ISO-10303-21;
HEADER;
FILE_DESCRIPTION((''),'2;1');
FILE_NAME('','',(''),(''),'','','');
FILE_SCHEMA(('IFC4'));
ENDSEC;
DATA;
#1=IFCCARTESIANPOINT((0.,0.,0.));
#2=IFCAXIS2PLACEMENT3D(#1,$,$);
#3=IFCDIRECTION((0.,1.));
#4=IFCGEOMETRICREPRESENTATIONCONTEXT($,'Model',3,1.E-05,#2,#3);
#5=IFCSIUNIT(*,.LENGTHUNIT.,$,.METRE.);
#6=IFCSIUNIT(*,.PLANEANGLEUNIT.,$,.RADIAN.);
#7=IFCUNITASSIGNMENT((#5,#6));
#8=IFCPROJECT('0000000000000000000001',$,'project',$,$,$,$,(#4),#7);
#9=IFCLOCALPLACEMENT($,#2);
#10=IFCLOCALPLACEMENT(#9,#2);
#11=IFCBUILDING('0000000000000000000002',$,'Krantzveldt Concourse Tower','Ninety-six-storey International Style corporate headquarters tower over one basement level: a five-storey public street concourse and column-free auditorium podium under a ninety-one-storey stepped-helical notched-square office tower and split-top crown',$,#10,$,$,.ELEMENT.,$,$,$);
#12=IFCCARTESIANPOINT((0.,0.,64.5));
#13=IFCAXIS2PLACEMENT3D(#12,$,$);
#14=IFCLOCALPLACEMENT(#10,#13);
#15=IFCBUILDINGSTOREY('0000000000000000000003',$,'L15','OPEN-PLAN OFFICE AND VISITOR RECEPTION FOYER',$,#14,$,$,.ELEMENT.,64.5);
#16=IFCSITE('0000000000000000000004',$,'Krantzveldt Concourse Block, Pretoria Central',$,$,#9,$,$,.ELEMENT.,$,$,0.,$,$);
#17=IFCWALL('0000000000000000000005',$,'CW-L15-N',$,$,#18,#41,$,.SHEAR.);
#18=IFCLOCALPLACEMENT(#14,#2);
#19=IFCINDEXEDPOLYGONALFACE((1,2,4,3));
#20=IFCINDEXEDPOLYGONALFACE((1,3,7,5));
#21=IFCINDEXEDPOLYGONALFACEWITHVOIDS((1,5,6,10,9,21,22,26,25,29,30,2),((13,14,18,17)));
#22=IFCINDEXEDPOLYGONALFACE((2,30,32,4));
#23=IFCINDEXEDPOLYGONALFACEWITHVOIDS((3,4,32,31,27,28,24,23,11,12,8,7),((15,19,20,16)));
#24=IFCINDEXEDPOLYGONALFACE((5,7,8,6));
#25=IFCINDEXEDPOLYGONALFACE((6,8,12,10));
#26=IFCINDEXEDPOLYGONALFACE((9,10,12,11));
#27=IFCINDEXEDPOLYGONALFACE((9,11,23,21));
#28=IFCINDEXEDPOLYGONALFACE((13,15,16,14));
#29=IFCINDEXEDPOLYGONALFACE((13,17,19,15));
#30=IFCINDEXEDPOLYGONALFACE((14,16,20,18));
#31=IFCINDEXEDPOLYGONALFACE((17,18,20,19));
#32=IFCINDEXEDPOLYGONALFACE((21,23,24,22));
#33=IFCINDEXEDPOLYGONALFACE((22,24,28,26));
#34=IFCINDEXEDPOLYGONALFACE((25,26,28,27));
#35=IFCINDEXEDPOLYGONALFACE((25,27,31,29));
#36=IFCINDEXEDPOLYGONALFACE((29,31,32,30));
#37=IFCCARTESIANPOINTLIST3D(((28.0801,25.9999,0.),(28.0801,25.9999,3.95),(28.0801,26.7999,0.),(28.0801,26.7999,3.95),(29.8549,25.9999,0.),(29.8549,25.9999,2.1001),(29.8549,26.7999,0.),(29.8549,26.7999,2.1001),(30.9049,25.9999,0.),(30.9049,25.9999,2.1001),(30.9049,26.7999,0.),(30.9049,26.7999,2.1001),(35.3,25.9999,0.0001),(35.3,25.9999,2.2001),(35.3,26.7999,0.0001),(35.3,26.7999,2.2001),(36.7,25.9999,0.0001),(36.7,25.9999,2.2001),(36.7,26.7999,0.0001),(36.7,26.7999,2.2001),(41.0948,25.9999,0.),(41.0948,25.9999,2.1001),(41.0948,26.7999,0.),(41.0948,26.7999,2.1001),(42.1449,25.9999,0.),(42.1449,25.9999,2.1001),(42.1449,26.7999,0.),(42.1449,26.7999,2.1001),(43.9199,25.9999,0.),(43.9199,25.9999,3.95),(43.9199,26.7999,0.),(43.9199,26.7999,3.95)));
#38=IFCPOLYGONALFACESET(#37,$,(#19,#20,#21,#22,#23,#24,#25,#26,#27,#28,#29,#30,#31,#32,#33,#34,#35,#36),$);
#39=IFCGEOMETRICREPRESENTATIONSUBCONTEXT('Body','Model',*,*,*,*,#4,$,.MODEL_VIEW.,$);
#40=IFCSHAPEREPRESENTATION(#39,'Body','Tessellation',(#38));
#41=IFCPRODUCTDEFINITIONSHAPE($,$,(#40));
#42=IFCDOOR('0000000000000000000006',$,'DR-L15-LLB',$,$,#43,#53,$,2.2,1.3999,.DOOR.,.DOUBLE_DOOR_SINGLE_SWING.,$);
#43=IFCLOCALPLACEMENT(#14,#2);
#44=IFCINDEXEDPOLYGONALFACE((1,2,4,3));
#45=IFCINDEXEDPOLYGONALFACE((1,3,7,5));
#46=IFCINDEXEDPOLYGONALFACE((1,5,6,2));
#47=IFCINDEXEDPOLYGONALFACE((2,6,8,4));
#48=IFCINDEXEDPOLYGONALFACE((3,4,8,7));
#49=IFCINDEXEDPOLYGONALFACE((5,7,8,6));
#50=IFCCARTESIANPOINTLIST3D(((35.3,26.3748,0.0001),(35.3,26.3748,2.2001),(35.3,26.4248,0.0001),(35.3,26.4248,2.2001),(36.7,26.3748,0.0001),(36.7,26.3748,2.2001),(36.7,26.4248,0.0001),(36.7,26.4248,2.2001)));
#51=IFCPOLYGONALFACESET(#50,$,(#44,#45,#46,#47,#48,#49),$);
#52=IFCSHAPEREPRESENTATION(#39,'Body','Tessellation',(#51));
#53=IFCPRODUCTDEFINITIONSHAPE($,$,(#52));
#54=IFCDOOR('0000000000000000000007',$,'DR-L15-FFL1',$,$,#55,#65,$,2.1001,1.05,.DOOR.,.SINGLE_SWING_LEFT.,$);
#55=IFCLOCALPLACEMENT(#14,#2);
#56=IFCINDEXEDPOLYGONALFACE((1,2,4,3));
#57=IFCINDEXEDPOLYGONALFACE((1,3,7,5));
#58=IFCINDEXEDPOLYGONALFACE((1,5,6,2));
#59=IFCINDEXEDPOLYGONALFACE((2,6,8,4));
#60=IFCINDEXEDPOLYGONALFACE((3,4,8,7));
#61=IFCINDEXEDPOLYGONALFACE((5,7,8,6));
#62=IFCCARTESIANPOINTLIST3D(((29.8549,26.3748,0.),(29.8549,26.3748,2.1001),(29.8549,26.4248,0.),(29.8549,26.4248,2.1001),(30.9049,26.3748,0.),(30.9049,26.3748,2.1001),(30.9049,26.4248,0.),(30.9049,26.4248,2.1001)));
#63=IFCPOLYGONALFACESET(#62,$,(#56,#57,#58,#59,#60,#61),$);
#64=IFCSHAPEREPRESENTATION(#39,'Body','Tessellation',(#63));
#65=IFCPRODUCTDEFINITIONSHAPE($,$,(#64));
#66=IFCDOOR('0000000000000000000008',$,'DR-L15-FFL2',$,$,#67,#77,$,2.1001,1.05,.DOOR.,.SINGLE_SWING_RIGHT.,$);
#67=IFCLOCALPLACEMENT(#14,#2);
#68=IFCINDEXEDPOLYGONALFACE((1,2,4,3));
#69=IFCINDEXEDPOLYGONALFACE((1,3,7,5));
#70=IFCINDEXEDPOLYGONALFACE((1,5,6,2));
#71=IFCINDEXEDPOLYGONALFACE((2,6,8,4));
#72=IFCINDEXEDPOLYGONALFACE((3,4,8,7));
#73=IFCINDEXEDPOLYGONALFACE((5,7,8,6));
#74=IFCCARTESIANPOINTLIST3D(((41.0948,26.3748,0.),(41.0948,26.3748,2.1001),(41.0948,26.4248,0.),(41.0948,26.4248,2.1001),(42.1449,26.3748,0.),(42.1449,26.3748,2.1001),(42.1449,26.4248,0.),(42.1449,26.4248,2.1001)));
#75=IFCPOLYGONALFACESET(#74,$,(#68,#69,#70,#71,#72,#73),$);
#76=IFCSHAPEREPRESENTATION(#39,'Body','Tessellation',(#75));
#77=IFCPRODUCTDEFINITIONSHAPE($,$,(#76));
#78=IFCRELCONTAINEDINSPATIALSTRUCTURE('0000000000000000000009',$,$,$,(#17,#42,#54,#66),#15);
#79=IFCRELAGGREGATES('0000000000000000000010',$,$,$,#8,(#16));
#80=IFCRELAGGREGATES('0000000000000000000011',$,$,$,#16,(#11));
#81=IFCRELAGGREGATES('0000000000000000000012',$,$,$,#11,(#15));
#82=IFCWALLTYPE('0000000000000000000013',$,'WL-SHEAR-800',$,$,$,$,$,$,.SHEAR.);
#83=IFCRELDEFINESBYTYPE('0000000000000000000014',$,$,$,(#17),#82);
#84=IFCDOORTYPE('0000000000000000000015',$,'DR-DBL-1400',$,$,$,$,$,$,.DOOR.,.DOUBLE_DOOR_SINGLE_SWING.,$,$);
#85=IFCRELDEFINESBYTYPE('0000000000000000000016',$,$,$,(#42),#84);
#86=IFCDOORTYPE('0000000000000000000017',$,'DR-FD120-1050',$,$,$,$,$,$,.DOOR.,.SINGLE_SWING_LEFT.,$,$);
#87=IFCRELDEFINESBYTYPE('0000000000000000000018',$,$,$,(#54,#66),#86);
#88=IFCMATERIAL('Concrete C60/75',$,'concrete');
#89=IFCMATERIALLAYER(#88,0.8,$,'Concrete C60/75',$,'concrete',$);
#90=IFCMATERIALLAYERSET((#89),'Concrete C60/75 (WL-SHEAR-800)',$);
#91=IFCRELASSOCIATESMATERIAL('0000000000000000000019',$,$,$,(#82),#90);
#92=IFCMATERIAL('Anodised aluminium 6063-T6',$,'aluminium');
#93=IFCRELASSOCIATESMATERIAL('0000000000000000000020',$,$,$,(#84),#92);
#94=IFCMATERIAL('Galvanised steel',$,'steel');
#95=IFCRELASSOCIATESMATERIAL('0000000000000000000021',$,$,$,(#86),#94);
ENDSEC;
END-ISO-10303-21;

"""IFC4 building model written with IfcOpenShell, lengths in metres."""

from ifc_helpers import new_model, si_unit, direction, frame, frame_2d, origin, place, context, subcontext, project, spatial, rectangle, extrude, material, layer, layer_set, type_object, element, fill, save


model = new_model("IFC4")

# Units and contexts
model_context = context("Model", 3, precision=1e-05, world=origin(), true_north=direction((0.0, 1.0)))
body_context = subcontext(model_context, "Body", "Model", "MODEL_VIEW")
ifc_project = project(units=[si_unit("LENGTHUNIT", "METRE"), si_unit("PLANEANGLEUNIT", "RADIAN")], contexts=[model_context])

# Site, building, storey
site_placement = place(None, origin())
site = spatial("IfcSite", under=ifc_project, at=site_placement, Name="Krantzveldt Concourse Block, Pretoria Central", CompositionType="ELEMENT", RefElevation=0.0)
building_placement = place(site_placement, origin())
building = spatial("IfcBuilding", under=site, at=building_placement, Name="Krantzveldt Concourse Tower", Description="Ninety-six-storey International Style corporate headquarters tower over one basement level: a five-storey public street concourse and column-free auditorium podium under a ninety-one-storey stepped-helical notched-square office tower and split-top crown", CompositionType="ELEMENT")
storey_placement = place(building_placement, frame((0.0, 0.0, 64.5)))
storey = spatial("IfcBuildingStorey", under=building, at=storey_placement, Name="L15", Description="OPEN-PLAN OFFICE AND VISITOR RECEPTION FOYER", CompositionType="ELEMENT", Elevation=64.5)

# Wall, openings, doors
ifc_material_1 = material(Name="Concrete C60/75", Category="concrete")
ifc_layer_1 = layer(ifc_material_1, 0.8, Name="Concrete C60/75", Category="concrete")
ifc_layer_set_1 = layer_set([ifc_layer_1], Name="Concrete C60/75 (WL-SHEAR-800)")
wall_type_1 = type_object("IfcWallType", Name="WL-SHEAR-800", PredefinedType="SHEAR", material=ifc_layer_set_1)
wall_1_placement = place(storey_placement, frame((28.0801, 26.3999, 0.0), z_axis=(0.0, 0.0, 1.0), x_axis=(1.0, 0.0, 0.0)))
wall_1 = element("IfcWall", 1, at=wall_1_placement, inside=storey, type_object=wall_type_1, Name="CW-L15-N", PredefinedType="SHEAR", context=body_context, shape_type="SweptSolid", body=[
    extrude(rectangle(XDim=15.8398, YDim=0.8, at=frame_2d((7.9199, 0.0))), origin(), (0.0, 0.0, 1.0), 3.95),
])
opening_1_placement = place(wall_1_placement, frame((7.22, 0.0, 0.0)))
opening_1 = element("IfcOpeningElement", 2, at=opening_1_placement, cuts=wall_1, PredefinedType="OPENING", context=body_context, shape_type="SweptSolid", body=[
    extrude(rectangle(XDim=1.3999, YDim=2.2, at=frame_2d((0.7, 1.1001))), frame((0.0, 0.4102, 0.0), z_axis=(0.0, -1.0, 0.0), x_axis=(1.0, 0.0, 0.0)), (0.0, 0.0, 1.0), 0.8201),
])
opening_2_placement = place(wall_1_placement, frame((1.7749, 0.0, 0.0)))
opening_2 = element("IfcOpeningElement", 3, at=opening_2_placement, cuts=wall_1, PredefinedType="OPENING", context=body_context, shape_type="SweptSolid", body=[
    extrude(rectangle(XDim=1.05, YDim=2.1001, at=frame_2d((0.5249, 1.05))), frame((0.0, 0.4102, 0.0), z_axis=(0.0, -1.0, 0.0), x_axis=(1.0, 0.0, 0.0)), (0.0, 0.0, 1.0), 0.8201),
])
opening_3_placement = place(wall_1_placement, frame((13.0149, 0.0, 0.0)))
opening_3 = element("IfcOpeningElement", 4, at=opening_3_placement, cuts=wall_1, PredefinedType="OPENING", context=body_context, shape_type="SweptSolid", body=[
    extrude(rectangle(XDim=1.05, YDim=2.1001, at=frame_2d((0.5249, 1.05))), frame((0.0, 0.4102, 0.0), z_axis=(0.0, -1.0, 0.0), x_axis=(1.0, 0.0, 0.0)), (0.0, 0.0, 1.0), 0.8201),
])
ifc_material_2 = material(Name="Anodised aluminium 6063-T6", Category="aluminium")
door_type_1 = type_object("IfcDoorType", Name="DR-DBL-1400", OperationType="DOUBLE_DOOR_SINGLE_SWING", PredefinedType="DOOR", material=ifc_material_2)
door_1_placement = place(opening_1_placement, origin())
door_1 = element("IfcDoor", 5, at=door_1_placement, inside=storey, type_object=door_type_1, Name="DR-L15-LLB", OperationType="DOUBLE_DOOR_SINGLE_SWING", OverallHeight=2.2, OverallWidth=1.3999, PredefinedType="DOOR", context=body_context, shape_type="SweptSolid", body=[
    extrude(rectangle(XDim=1.3999, YDim=2.2, at=frame_2d((0.7, 1.1001))), frame((0.0, 0.0249, 0.0), z_axis=(0.0, -1.0, 0.0), x_axis=(1.0, 0.0, 0.0)), (0.0, 0.0, 1.0), 0.05),
])
fill(opening_1, door_1)
ifc_material_3 = material(Name="Galvanised steel", Category="steel")
door_type_2 = type_object("IfcDoorType", Name="DR-FD120-1050", OperationType="SINGLE_SWING_LEFT", PredefinedType="DOOR", material=ifc_material_3)
door_2_placement = place(opening_2_placement, origin())
door_2 = element("IfcDoor", 6, at=door_2_placement, inside=storey, type_object=door_type_2, Name="DR-L15-FFL1", OperationType="SINGLE_SWING_LEFT", OverallHeight=2.1001, OverallWidth=1.05, PredefinedType="DOOR", context=body_context, shape_type="SweptSolid", body=[
    extrude(rectangle(XDim=1.05, YDim=2.1001, at=frame_2d((0.5249, 1.05))), frame((0.0, 0.0249, 0.0), z_axis=(0.0, -1.0, 0.0), x_axis=(1.0, 0.0, 0.0)), (0.0, 0.0, 1.0), 0.05),
])
fill(opening_2, door_2)
door_3_placement = place(opening_3_placement, origin())
door_3 = element("IfcDoor", 7, at=door_3_placement, inside=storey, type_object=door_type_2, Name="DR-L15-FFL2", OperationType="SINGLE_SWING_RIGHT", OverallHeight=2.1001, OverallWidth=1.05, PredefinedType="DOOR", context=body_context, shape_type="SweptSolid", body=[
    extrude(rectangle(XDim=1.05, YDim=2.1001, at=frame_2d((0.5249, 1.05))), frame((0.0, 0.0249, 0.0), z_axis=(0.0, -1.0, 0.0), x_axis=(1.0, 0.0, 0.0)), (0.0, 0.0, 1.0), 0.05),
])
fill(opening_3, door_3)

save(model, "model.ifc")
